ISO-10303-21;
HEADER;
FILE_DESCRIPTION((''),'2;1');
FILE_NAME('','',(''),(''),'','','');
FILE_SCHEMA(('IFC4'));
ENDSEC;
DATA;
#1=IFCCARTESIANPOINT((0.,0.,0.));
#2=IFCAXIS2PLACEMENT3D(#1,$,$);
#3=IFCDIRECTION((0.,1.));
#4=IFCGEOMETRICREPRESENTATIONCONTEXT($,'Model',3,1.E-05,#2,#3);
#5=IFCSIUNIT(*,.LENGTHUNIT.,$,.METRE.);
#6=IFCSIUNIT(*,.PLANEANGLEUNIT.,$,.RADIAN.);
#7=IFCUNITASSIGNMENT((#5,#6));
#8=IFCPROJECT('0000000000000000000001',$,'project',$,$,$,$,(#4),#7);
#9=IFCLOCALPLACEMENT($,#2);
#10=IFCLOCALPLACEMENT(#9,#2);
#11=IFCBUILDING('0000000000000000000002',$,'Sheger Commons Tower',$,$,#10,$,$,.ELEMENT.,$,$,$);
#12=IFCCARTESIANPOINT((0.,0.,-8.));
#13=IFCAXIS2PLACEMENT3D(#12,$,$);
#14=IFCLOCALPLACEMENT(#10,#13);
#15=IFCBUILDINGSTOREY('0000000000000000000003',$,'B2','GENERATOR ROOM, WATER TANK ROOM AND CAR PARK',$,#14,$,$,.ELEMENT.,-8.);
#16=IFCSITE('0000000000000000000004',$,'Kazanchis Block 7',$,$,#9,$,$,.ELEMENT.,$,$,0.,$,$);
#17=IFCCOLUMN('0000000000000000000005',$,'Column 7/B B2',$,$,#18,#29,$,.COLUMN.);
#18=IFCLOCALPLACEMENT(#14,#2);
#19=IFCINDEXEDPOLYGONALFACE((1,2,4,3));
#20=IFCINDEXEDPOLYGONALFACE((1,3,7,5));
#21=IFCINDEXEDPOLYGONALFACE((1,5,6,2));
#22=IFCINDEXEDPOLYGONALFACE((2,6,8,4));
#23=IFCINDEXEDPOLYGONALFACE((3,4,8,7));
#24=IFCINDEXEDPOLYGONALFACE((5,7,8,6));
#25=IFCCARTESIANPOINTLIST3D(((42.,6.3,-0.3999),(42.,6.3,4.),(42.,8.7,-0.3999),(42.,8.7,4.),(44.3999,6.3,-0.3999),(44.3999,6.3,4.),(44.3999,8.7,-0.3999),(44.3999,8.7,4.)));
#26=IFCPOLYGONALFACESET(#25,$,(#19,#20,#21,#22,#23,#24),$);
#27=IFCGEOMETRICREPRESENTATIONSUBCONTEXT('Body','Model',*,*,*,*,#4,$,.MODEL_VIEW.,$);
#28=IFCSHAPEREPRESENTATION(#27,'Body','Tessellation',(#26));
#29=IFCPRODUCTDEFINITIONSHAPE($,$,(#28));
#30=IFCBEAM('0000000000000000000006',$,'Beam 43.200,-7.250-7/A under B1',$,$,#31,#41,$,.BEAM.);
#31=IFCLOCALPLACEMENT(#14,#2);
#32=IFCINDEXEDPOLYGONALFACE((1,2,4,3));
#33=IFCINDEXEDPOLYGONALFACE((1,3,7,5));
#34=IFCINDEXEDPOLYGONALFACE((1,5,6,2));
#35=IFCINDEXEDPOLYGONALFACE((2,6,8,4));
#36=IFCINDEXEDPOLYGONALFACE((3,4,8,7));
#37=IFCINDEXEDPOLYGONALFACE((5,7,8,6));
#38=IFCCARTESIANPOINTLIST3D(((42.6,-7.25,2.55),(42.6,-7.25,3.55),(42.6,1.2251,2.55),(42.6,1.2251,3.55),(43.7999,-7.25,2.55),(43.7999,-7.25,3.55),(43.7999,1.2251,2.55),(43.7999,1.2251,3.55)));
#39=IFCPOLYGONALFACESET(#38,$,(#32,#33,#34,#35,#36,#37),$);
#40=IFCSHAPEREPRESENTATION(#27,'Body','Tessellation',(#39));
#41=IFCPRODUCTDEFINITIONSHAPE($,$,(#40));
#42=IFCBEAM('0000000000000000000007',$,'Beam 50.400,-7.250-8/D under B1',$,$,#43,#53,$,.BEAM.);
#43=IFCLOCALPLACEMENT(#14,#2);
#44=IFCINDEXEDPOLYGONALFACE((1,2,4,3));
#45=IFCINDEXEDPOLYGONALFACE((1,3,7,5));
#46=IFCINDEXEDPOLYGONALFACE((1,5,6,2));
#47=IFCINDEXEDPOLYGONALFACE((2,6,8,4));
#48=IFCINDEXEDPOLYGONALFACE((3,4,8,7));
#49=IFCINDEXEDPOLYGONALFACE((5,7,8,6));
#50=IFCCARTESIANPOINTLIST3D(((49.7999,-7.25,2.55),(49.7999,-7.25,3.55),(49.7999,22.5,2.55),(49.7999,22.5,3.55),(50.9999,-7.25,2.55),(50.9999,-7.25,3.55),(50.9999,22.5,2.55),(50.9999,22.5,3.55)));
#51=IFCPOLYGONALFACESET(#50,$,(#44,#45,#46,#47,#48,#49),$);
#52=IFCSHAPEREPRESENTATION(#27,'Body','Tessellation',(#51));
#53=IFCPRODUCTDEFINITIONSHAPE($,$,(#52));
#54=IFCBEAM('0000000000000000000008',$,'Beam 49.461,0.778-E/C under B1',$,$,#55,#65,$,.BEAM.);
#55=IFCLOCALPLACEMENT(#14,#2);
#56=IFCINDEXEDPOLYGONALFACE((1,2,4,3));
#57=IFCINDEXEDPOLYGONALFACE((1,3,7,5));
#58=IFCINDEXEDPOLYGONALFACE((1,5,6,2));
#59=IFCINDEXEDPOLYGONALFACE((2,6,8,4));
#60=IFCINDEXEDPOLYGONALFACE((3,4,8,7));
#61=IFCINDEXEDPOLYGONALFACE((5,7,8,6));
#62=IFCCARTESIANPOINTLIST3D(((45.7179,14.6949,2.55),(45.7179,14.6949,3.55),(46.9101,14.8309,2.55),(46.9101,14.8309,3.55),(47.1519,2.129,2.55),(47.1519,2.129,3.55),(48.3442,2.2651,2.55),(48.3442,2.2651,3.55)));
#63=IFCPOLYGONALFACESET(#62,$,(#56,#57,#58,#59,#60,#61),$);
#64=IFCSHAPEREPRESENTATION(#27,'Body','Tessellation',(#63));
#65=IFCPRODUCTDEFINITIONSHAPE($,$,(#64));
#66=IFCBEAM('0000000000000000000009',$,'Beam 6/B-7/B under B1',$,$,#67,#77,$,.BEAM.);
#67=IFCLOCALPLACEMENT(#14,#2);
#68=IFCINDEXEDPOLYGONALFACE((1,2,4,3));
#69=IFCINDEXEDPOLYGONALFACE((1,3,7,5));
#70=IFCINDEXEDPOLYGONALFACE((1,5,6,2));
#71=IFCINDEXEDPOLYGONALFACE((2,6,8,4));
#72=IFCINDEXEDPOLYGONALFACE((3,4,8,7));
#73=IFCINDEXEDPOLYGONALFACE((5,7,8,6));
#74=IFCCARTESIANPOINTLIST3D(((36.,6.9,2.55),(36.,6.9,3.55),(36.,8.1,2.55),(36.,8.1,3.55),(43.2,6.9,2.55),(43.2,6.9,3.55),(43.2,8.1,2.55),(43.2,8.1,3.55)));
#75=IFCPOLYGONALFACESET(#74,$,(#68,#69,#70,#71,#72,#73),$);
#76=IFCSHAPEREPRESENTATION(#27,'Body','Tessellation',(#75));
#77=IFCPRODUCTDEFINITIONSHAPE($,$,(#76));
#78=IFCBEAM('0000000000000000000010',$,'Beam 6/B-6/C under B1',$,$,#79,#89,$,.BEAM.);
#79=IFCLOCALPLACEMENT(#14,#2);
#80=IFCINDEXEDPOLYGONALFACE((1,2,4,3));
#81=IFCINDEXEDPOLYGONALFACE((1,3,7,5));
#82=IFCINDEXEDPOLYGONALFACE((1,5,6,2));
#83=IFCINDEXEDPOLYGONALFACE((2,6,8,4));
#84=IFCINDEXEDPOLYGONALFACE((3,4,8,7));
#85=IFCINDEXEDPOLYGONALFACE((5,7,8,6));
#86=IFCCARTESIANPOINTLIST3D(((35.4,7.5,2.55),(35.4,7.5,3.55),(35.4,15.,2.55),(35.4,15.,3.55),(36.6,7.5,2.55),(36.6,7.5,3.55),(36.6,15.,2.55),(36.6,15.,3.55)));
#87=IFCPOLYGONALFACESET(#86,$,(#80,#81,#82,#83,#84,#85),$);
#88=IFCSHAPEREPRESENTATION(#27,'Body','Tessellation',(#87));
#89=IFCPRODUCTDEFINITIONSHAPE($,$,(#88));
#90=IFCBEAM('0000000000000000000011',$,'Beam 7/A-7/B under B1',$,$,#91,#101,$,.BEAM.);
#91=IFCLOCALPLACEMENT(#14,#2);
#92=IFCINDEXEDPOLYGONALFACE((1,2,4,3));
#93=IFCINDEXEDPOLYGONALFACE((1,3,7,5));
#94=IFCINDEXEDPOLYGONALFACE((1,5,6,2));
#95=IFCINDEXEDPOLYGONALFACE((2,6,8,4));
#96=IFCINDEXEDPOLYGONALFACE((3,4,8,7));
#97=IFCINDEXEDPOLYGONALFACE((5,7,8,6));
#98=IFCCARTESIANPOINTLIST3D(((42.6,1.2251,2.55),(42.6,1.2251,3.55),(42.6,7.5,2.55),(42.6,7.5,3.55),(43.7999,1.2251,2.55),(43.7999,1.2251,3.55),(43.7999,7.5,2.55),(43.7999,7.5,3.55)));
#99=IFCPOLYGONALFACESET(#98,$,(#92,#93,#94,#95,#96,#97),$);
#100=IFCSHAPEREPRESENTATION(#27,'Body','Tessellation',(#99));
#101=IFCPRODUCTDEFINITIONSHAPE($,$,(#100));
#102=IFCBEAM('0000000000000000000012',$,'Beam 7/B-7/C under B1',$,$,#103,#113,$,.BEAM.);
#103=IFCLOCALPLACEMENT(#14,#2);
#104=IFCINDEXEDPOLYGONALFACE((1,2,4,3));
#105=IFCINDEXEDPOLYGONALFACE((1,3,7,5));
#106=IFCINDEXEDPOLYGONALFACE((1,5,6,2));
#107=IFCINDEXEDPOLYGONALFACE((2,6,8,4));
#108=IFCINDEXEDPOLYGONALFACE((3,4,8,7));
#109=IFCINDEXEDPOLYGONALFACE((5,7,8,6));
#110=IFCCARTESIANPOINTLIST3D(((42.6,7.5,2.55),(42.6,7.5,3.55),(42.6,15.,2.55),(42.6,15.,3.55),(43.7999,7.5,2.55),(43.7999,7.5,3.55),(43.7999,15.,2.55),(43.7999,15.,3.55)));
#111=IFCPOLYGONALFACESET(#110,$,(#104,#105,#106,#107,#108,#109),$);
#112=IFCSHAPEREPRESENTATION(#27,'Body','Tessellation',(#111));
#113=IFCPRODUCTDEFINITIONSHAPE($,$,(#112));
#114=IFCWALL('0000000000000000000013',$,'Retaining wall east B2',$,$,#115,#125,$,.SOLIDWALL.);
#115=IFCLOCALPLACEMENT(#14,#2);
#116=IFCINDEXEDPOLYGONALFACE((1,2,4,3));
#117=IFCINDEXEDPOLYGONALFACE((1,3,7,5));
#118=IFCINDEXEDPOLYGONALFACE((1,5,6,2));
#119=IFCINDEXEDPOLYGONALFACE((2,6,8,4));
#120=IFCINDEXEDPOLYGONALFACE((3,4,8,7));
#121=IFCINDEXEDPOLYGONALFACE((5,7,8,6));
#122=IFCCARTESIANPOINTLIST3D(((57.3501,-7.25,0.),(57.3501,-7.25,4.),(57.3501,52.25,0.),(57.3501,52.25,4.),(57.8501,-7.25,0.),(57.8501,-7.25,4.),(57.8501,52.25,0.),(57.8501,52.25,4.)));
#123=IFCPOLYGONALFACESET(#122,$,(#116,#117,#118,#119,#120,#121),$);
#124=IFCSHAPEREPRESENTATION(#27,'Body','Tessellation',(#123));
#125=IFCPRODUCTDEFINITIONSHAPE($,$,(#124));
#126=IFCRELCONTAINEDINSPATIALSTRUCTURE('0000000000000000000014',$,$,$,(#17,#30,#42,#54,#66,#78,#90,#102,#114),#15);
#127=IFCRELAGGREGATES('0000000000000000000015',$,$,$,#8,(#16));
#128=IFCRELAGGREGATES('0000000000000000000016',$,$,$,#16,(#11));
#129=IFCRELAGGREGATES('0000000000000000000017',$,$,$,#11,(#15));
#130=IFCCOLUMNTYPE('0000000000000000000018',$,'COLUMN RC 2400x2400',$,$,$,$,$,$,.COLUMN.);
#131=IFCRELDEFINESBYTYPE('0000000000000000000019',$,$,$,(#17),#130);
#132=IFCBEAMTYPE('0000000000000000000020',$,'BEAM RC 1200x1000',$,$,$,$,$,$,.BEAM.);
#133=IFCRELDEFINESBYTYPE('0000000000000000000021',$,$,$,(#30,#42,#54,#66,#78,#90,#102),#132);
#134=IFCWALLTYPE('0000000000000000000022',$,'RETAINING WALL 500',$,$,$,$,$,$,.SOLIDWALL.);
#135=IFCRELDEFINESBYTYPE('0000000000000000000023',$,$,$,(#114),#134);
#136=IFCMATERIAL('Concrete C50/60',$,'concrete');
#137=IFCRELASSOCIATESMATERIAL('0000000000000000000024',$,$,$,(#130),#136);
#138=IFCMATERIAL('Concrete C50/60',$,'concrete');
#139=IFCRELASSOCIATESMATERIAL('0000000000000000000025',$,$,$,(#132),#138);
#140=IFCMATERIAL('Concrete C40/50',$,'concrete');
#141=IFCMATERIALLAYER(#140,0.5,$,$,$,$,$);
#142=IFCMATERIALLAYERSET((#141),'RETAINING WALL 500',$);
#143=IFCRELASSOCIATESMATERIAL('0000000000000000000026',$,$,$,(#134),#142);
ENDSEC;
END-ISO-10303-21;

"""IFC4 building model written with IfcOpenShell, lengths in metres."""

from ifc_helpers import new_model, si_unit, direction, frame, frame_2d, origin, origin_2d, place, context, subcontext, project, spatial, rectangle, extrude, material, layer, layer_set, material_profile, profile_set, type_object, element, save


model = new_model("IFC4")

# Units and contexts
model_context = context("Model", 3, precision=1e-05, world=origin(), true_north=direction((0.0, 1.0)))
body_context = subcontext(model_context, "Body", "Model", "MODEL_VIEW")
ifc_project = project(units=[si_unit("LENGTHUNIT", "METRE"), si_unit("PLANEANGLEUNIT", "RADIAN")], contexts=[model_context])

# Site, building, storey
site_placement = place(None, origin())
site = spatial("IfcSite", under=ifc_project, at=site_placement, Name="Kazanchis Block 7", CompositionType="ELEMENT", RefElevation=0.0)
building_placement = place(site_placement, origin())
building = spatial("IfcBuilding", under=site, at=building_placement, Name="Sheger Commons Tower", CompositionType="ELEMENT")
storey_placement = place(building_placement, frame((0.0, 0.0, -8.0)))
storey = spatial("IfcBuildingStorey", under=building, at=storey_placement, Name="B2", Description="GENERATOR ROOM, WATER TANK ROOM AND CAR PARK", CompositionType="ELEMENT", Elevation=-8.0)

# Column
ifc_material_1 = material(Name="Concrete C50/60", Category="concrete")
ifc_material_profile_1 = material_profile(ifc_material_1, rectangle(XDim=2.3999, YDim=2.3999, at=origin_2d()), Name="RC 2400x2400")
ifc_profile_set_1 = profile_set([ifc_material_profile_1], Name="Concrete C50/60")
column_type_1 = type_object("IfcColumnType", Name="COLUMN RC 2400x2400", PredefinedType="COLUMN", material=ifc_profile_set_1)
for number, where, z_axis, x_axis, name in (
    (1, (43.2, 7.5, -0.3999), (0.0, 0.0, 1.0), (1.0, 0.0, 0.0), "Column 7/B B2"),
):
    element("IfcColumn", number, at=place(storey_placement, frame(where, z_axis=z_axis, x_axis=x_axis)), inside=storey, type_object=column_type_1, Name=name, PredefinedType="COLUMN", context=body_context, shape_type="SweptSolid", body=[
        extrude(rectangle(XDim=2.3999, YDim=2.3999, at=origin_2d()), origin(), (0.0, 0.0, 1.0), 4.3999),
    ])

# Beams
ifc_material_2 = material(Name="Concrete C50/60", Category="concrete")
ifc_material_profile_2 = material_profile(ifc_material_2, rectangle(XDim=1.2, YDim=1.0, at=origin_2d()), Name="RC 1200x1000")
ifc_profile_set_2 = profile_set([ifc_material_profile_2], Name="Concrete C50/60")
beam_type = type_object("IfcBeamType", Name="BEAM RC 1200x1000", PredefinedType="BEAM", material=ifc_profile_set_2)
beam_1_placement = place(storey_placement, frame((43.2, -7.25, 3.05), z_axis=(0.0, 1.0, 0.0), x_axis=(-1.0, 0.0, 0.0)))
element("IfcBeam", 2, at=beam_1_placement, inside=storey, type_object=beam_type, Name="Beam 43.200,-7.250-7/A under B1", PredefinedType="BEAM", context=body_context, shape_type="SweptSolid", body=[
    extrude(rectangle(XDim=1.2, YDim=1.0, at=origin_2d()), origin(), (0.0, 0.0, 1.0), 8.4751),
])
beam_2_placement = place(storey_placement, frame((50.3999, -7.25, 3.05), z_axis=(0.0, 1.0, 0.0), x_axis=(-1.0, 0.0, 0.0)))
element("IfcBeam", 3, at=beam_2_placement, inside=storey, type_object=beam_type, Name="Beam 50.400,-7.250-8/D under B1", PredefinedType="BEAM", context=body_context, shape_type="SweptSolid", body=[
    extrude(rectangle(XDim=1.2, YDim=1.0, at=origin_2d()), origin(), (0.0, 0.0, 1.0), 29.75),
])
beam_3_placement = place(storey_placement, frame((47.748, 2.197, 3.05), z_axis=(-0.113389, 0.993551, 0.0), x_axis=(-0.993551, -0.113389, 0.0)))
element("IfcBeam", 4, at=beam_3_placement, inside=storey, type_object=beam_type, Name="Beam 49.461,0.778-E/C under B1", PredefinedType="BEAM", context=body_context, shape_type="SweptSolid", body=[
    extrude(rectangle(XDim=1.2, YDim=1.0, at=origin_2d()), origin(), (0.0, 0.0, 1.0), 12.6475),
])
beam_4_placement = place(storey_placement, frame((36.0, 7.5, 3.05), z_axis=(1.0, 0.0, 0.0), x_axis=(0.0, 1.0, 0.0)))
element("IfcBeam", 5, at=beam_4_placement, inside=storey, type_object=beam_type, Name="Beam 6/B-7/B under B1", PredefinedType="BEAM", context=body_context, shape_type="SweptSolid", body=[
    extrude(rectangle(XDim=1.2, YDim=1.0, at=origin_2d()), origin(), (0.0, 0.0, 1.0), 7.2),
])
beam_5_placement = place(storey_placement, frame((36.0, 7.5, 3.05), z_axis=(0.0, 1.0, 0.0), x_axis=(-1.0, 0.0, 0.0)))
element("IfcBeam", 6, at=beam_5_placement, inside=storey, type_object=beam_type, Name="Beam 6/B-6/C under B1", PredefinedType="BEAM", context=body_context, shape_type="SweptSolid", body=[
    extrude(rectangle(XDim=1.2, YDim=1.0, at=origin_2d()), origin(), (0.0, 0.0, 1.0), 7.5),
])
beam_6_placement = place(storey_placement, frame((43.2, 1.2251, 3.05), z_axis=(0.0, 1.0, 0.0), x_axis=(-1.0, 0.0, 0.0)))
element("IfcBeam", 7, at=beam_6_placement, inside=storey, type_object=beam_type, Name="Beam 7/A-7/B under B1", PredefinedType="BEAM", context=body_context, shape_type="SweptSolid", body=[
    extrude(rectangle(XDim=1.2, YDim=1.0, at=origin_2d()), origin(), (0.0, 0.0, 1.0), 6.2749),
])
beam_7_placement = place(storey_placement, frame((43.2, 7.5, 3.05), z_axis=(0.0, 1.0, 0.0), x_axis=(-1.0, 0.0, 0.0)))
element("IfcBeam", 8, at=beam_7_placement, inside=storey, type_object=beam_type, Name="Beam 7/B-7/C under B1", PredefinedType="BEAM", context=body_context, shape_type="SweptSolid", body=[
    extrude(rectangle(XDim=1.2, YDim=1.0, at=origin_2d()), origin(), (0.0, 0.0, 1.0), 7.5),
])

# Wall
ifc_material_3 = material(Name="Concrete C40/50", Category="concrete")
ifc_layer = layer(ifc_material_3, 0.5)
ifc_layer_set = layer_set([ifc_layer], Name="RETAINING WALL 500")
wall_type = type_object("IfcWallType", Name="RETAINING WALL 500", PredefinedType="SOLIDWALL", material=ifc_layer_set)
wall_placement = place(storey_placement, frame((57.6001, -7.25, 0.0), z_axis=(0.0, 0.0, 1.0), x_axis=(0.0, 1.0, 0.0)))
element("IfcWall", 9, at=wall_placement, inside=storey, type_object=wall_type, Name="Retaining wall east B2", PredefinedType="SOLIDWALL", context=body_context, shape_type="SweptSolid", body=[
    extrude(rectangle(XDim=59.5, YDim=0.5, at=frame_2d((29.75, 0.0))), origin(), (0.0, 0.0, 1.0), 4.0),
])

save(model, "model.ifc")
